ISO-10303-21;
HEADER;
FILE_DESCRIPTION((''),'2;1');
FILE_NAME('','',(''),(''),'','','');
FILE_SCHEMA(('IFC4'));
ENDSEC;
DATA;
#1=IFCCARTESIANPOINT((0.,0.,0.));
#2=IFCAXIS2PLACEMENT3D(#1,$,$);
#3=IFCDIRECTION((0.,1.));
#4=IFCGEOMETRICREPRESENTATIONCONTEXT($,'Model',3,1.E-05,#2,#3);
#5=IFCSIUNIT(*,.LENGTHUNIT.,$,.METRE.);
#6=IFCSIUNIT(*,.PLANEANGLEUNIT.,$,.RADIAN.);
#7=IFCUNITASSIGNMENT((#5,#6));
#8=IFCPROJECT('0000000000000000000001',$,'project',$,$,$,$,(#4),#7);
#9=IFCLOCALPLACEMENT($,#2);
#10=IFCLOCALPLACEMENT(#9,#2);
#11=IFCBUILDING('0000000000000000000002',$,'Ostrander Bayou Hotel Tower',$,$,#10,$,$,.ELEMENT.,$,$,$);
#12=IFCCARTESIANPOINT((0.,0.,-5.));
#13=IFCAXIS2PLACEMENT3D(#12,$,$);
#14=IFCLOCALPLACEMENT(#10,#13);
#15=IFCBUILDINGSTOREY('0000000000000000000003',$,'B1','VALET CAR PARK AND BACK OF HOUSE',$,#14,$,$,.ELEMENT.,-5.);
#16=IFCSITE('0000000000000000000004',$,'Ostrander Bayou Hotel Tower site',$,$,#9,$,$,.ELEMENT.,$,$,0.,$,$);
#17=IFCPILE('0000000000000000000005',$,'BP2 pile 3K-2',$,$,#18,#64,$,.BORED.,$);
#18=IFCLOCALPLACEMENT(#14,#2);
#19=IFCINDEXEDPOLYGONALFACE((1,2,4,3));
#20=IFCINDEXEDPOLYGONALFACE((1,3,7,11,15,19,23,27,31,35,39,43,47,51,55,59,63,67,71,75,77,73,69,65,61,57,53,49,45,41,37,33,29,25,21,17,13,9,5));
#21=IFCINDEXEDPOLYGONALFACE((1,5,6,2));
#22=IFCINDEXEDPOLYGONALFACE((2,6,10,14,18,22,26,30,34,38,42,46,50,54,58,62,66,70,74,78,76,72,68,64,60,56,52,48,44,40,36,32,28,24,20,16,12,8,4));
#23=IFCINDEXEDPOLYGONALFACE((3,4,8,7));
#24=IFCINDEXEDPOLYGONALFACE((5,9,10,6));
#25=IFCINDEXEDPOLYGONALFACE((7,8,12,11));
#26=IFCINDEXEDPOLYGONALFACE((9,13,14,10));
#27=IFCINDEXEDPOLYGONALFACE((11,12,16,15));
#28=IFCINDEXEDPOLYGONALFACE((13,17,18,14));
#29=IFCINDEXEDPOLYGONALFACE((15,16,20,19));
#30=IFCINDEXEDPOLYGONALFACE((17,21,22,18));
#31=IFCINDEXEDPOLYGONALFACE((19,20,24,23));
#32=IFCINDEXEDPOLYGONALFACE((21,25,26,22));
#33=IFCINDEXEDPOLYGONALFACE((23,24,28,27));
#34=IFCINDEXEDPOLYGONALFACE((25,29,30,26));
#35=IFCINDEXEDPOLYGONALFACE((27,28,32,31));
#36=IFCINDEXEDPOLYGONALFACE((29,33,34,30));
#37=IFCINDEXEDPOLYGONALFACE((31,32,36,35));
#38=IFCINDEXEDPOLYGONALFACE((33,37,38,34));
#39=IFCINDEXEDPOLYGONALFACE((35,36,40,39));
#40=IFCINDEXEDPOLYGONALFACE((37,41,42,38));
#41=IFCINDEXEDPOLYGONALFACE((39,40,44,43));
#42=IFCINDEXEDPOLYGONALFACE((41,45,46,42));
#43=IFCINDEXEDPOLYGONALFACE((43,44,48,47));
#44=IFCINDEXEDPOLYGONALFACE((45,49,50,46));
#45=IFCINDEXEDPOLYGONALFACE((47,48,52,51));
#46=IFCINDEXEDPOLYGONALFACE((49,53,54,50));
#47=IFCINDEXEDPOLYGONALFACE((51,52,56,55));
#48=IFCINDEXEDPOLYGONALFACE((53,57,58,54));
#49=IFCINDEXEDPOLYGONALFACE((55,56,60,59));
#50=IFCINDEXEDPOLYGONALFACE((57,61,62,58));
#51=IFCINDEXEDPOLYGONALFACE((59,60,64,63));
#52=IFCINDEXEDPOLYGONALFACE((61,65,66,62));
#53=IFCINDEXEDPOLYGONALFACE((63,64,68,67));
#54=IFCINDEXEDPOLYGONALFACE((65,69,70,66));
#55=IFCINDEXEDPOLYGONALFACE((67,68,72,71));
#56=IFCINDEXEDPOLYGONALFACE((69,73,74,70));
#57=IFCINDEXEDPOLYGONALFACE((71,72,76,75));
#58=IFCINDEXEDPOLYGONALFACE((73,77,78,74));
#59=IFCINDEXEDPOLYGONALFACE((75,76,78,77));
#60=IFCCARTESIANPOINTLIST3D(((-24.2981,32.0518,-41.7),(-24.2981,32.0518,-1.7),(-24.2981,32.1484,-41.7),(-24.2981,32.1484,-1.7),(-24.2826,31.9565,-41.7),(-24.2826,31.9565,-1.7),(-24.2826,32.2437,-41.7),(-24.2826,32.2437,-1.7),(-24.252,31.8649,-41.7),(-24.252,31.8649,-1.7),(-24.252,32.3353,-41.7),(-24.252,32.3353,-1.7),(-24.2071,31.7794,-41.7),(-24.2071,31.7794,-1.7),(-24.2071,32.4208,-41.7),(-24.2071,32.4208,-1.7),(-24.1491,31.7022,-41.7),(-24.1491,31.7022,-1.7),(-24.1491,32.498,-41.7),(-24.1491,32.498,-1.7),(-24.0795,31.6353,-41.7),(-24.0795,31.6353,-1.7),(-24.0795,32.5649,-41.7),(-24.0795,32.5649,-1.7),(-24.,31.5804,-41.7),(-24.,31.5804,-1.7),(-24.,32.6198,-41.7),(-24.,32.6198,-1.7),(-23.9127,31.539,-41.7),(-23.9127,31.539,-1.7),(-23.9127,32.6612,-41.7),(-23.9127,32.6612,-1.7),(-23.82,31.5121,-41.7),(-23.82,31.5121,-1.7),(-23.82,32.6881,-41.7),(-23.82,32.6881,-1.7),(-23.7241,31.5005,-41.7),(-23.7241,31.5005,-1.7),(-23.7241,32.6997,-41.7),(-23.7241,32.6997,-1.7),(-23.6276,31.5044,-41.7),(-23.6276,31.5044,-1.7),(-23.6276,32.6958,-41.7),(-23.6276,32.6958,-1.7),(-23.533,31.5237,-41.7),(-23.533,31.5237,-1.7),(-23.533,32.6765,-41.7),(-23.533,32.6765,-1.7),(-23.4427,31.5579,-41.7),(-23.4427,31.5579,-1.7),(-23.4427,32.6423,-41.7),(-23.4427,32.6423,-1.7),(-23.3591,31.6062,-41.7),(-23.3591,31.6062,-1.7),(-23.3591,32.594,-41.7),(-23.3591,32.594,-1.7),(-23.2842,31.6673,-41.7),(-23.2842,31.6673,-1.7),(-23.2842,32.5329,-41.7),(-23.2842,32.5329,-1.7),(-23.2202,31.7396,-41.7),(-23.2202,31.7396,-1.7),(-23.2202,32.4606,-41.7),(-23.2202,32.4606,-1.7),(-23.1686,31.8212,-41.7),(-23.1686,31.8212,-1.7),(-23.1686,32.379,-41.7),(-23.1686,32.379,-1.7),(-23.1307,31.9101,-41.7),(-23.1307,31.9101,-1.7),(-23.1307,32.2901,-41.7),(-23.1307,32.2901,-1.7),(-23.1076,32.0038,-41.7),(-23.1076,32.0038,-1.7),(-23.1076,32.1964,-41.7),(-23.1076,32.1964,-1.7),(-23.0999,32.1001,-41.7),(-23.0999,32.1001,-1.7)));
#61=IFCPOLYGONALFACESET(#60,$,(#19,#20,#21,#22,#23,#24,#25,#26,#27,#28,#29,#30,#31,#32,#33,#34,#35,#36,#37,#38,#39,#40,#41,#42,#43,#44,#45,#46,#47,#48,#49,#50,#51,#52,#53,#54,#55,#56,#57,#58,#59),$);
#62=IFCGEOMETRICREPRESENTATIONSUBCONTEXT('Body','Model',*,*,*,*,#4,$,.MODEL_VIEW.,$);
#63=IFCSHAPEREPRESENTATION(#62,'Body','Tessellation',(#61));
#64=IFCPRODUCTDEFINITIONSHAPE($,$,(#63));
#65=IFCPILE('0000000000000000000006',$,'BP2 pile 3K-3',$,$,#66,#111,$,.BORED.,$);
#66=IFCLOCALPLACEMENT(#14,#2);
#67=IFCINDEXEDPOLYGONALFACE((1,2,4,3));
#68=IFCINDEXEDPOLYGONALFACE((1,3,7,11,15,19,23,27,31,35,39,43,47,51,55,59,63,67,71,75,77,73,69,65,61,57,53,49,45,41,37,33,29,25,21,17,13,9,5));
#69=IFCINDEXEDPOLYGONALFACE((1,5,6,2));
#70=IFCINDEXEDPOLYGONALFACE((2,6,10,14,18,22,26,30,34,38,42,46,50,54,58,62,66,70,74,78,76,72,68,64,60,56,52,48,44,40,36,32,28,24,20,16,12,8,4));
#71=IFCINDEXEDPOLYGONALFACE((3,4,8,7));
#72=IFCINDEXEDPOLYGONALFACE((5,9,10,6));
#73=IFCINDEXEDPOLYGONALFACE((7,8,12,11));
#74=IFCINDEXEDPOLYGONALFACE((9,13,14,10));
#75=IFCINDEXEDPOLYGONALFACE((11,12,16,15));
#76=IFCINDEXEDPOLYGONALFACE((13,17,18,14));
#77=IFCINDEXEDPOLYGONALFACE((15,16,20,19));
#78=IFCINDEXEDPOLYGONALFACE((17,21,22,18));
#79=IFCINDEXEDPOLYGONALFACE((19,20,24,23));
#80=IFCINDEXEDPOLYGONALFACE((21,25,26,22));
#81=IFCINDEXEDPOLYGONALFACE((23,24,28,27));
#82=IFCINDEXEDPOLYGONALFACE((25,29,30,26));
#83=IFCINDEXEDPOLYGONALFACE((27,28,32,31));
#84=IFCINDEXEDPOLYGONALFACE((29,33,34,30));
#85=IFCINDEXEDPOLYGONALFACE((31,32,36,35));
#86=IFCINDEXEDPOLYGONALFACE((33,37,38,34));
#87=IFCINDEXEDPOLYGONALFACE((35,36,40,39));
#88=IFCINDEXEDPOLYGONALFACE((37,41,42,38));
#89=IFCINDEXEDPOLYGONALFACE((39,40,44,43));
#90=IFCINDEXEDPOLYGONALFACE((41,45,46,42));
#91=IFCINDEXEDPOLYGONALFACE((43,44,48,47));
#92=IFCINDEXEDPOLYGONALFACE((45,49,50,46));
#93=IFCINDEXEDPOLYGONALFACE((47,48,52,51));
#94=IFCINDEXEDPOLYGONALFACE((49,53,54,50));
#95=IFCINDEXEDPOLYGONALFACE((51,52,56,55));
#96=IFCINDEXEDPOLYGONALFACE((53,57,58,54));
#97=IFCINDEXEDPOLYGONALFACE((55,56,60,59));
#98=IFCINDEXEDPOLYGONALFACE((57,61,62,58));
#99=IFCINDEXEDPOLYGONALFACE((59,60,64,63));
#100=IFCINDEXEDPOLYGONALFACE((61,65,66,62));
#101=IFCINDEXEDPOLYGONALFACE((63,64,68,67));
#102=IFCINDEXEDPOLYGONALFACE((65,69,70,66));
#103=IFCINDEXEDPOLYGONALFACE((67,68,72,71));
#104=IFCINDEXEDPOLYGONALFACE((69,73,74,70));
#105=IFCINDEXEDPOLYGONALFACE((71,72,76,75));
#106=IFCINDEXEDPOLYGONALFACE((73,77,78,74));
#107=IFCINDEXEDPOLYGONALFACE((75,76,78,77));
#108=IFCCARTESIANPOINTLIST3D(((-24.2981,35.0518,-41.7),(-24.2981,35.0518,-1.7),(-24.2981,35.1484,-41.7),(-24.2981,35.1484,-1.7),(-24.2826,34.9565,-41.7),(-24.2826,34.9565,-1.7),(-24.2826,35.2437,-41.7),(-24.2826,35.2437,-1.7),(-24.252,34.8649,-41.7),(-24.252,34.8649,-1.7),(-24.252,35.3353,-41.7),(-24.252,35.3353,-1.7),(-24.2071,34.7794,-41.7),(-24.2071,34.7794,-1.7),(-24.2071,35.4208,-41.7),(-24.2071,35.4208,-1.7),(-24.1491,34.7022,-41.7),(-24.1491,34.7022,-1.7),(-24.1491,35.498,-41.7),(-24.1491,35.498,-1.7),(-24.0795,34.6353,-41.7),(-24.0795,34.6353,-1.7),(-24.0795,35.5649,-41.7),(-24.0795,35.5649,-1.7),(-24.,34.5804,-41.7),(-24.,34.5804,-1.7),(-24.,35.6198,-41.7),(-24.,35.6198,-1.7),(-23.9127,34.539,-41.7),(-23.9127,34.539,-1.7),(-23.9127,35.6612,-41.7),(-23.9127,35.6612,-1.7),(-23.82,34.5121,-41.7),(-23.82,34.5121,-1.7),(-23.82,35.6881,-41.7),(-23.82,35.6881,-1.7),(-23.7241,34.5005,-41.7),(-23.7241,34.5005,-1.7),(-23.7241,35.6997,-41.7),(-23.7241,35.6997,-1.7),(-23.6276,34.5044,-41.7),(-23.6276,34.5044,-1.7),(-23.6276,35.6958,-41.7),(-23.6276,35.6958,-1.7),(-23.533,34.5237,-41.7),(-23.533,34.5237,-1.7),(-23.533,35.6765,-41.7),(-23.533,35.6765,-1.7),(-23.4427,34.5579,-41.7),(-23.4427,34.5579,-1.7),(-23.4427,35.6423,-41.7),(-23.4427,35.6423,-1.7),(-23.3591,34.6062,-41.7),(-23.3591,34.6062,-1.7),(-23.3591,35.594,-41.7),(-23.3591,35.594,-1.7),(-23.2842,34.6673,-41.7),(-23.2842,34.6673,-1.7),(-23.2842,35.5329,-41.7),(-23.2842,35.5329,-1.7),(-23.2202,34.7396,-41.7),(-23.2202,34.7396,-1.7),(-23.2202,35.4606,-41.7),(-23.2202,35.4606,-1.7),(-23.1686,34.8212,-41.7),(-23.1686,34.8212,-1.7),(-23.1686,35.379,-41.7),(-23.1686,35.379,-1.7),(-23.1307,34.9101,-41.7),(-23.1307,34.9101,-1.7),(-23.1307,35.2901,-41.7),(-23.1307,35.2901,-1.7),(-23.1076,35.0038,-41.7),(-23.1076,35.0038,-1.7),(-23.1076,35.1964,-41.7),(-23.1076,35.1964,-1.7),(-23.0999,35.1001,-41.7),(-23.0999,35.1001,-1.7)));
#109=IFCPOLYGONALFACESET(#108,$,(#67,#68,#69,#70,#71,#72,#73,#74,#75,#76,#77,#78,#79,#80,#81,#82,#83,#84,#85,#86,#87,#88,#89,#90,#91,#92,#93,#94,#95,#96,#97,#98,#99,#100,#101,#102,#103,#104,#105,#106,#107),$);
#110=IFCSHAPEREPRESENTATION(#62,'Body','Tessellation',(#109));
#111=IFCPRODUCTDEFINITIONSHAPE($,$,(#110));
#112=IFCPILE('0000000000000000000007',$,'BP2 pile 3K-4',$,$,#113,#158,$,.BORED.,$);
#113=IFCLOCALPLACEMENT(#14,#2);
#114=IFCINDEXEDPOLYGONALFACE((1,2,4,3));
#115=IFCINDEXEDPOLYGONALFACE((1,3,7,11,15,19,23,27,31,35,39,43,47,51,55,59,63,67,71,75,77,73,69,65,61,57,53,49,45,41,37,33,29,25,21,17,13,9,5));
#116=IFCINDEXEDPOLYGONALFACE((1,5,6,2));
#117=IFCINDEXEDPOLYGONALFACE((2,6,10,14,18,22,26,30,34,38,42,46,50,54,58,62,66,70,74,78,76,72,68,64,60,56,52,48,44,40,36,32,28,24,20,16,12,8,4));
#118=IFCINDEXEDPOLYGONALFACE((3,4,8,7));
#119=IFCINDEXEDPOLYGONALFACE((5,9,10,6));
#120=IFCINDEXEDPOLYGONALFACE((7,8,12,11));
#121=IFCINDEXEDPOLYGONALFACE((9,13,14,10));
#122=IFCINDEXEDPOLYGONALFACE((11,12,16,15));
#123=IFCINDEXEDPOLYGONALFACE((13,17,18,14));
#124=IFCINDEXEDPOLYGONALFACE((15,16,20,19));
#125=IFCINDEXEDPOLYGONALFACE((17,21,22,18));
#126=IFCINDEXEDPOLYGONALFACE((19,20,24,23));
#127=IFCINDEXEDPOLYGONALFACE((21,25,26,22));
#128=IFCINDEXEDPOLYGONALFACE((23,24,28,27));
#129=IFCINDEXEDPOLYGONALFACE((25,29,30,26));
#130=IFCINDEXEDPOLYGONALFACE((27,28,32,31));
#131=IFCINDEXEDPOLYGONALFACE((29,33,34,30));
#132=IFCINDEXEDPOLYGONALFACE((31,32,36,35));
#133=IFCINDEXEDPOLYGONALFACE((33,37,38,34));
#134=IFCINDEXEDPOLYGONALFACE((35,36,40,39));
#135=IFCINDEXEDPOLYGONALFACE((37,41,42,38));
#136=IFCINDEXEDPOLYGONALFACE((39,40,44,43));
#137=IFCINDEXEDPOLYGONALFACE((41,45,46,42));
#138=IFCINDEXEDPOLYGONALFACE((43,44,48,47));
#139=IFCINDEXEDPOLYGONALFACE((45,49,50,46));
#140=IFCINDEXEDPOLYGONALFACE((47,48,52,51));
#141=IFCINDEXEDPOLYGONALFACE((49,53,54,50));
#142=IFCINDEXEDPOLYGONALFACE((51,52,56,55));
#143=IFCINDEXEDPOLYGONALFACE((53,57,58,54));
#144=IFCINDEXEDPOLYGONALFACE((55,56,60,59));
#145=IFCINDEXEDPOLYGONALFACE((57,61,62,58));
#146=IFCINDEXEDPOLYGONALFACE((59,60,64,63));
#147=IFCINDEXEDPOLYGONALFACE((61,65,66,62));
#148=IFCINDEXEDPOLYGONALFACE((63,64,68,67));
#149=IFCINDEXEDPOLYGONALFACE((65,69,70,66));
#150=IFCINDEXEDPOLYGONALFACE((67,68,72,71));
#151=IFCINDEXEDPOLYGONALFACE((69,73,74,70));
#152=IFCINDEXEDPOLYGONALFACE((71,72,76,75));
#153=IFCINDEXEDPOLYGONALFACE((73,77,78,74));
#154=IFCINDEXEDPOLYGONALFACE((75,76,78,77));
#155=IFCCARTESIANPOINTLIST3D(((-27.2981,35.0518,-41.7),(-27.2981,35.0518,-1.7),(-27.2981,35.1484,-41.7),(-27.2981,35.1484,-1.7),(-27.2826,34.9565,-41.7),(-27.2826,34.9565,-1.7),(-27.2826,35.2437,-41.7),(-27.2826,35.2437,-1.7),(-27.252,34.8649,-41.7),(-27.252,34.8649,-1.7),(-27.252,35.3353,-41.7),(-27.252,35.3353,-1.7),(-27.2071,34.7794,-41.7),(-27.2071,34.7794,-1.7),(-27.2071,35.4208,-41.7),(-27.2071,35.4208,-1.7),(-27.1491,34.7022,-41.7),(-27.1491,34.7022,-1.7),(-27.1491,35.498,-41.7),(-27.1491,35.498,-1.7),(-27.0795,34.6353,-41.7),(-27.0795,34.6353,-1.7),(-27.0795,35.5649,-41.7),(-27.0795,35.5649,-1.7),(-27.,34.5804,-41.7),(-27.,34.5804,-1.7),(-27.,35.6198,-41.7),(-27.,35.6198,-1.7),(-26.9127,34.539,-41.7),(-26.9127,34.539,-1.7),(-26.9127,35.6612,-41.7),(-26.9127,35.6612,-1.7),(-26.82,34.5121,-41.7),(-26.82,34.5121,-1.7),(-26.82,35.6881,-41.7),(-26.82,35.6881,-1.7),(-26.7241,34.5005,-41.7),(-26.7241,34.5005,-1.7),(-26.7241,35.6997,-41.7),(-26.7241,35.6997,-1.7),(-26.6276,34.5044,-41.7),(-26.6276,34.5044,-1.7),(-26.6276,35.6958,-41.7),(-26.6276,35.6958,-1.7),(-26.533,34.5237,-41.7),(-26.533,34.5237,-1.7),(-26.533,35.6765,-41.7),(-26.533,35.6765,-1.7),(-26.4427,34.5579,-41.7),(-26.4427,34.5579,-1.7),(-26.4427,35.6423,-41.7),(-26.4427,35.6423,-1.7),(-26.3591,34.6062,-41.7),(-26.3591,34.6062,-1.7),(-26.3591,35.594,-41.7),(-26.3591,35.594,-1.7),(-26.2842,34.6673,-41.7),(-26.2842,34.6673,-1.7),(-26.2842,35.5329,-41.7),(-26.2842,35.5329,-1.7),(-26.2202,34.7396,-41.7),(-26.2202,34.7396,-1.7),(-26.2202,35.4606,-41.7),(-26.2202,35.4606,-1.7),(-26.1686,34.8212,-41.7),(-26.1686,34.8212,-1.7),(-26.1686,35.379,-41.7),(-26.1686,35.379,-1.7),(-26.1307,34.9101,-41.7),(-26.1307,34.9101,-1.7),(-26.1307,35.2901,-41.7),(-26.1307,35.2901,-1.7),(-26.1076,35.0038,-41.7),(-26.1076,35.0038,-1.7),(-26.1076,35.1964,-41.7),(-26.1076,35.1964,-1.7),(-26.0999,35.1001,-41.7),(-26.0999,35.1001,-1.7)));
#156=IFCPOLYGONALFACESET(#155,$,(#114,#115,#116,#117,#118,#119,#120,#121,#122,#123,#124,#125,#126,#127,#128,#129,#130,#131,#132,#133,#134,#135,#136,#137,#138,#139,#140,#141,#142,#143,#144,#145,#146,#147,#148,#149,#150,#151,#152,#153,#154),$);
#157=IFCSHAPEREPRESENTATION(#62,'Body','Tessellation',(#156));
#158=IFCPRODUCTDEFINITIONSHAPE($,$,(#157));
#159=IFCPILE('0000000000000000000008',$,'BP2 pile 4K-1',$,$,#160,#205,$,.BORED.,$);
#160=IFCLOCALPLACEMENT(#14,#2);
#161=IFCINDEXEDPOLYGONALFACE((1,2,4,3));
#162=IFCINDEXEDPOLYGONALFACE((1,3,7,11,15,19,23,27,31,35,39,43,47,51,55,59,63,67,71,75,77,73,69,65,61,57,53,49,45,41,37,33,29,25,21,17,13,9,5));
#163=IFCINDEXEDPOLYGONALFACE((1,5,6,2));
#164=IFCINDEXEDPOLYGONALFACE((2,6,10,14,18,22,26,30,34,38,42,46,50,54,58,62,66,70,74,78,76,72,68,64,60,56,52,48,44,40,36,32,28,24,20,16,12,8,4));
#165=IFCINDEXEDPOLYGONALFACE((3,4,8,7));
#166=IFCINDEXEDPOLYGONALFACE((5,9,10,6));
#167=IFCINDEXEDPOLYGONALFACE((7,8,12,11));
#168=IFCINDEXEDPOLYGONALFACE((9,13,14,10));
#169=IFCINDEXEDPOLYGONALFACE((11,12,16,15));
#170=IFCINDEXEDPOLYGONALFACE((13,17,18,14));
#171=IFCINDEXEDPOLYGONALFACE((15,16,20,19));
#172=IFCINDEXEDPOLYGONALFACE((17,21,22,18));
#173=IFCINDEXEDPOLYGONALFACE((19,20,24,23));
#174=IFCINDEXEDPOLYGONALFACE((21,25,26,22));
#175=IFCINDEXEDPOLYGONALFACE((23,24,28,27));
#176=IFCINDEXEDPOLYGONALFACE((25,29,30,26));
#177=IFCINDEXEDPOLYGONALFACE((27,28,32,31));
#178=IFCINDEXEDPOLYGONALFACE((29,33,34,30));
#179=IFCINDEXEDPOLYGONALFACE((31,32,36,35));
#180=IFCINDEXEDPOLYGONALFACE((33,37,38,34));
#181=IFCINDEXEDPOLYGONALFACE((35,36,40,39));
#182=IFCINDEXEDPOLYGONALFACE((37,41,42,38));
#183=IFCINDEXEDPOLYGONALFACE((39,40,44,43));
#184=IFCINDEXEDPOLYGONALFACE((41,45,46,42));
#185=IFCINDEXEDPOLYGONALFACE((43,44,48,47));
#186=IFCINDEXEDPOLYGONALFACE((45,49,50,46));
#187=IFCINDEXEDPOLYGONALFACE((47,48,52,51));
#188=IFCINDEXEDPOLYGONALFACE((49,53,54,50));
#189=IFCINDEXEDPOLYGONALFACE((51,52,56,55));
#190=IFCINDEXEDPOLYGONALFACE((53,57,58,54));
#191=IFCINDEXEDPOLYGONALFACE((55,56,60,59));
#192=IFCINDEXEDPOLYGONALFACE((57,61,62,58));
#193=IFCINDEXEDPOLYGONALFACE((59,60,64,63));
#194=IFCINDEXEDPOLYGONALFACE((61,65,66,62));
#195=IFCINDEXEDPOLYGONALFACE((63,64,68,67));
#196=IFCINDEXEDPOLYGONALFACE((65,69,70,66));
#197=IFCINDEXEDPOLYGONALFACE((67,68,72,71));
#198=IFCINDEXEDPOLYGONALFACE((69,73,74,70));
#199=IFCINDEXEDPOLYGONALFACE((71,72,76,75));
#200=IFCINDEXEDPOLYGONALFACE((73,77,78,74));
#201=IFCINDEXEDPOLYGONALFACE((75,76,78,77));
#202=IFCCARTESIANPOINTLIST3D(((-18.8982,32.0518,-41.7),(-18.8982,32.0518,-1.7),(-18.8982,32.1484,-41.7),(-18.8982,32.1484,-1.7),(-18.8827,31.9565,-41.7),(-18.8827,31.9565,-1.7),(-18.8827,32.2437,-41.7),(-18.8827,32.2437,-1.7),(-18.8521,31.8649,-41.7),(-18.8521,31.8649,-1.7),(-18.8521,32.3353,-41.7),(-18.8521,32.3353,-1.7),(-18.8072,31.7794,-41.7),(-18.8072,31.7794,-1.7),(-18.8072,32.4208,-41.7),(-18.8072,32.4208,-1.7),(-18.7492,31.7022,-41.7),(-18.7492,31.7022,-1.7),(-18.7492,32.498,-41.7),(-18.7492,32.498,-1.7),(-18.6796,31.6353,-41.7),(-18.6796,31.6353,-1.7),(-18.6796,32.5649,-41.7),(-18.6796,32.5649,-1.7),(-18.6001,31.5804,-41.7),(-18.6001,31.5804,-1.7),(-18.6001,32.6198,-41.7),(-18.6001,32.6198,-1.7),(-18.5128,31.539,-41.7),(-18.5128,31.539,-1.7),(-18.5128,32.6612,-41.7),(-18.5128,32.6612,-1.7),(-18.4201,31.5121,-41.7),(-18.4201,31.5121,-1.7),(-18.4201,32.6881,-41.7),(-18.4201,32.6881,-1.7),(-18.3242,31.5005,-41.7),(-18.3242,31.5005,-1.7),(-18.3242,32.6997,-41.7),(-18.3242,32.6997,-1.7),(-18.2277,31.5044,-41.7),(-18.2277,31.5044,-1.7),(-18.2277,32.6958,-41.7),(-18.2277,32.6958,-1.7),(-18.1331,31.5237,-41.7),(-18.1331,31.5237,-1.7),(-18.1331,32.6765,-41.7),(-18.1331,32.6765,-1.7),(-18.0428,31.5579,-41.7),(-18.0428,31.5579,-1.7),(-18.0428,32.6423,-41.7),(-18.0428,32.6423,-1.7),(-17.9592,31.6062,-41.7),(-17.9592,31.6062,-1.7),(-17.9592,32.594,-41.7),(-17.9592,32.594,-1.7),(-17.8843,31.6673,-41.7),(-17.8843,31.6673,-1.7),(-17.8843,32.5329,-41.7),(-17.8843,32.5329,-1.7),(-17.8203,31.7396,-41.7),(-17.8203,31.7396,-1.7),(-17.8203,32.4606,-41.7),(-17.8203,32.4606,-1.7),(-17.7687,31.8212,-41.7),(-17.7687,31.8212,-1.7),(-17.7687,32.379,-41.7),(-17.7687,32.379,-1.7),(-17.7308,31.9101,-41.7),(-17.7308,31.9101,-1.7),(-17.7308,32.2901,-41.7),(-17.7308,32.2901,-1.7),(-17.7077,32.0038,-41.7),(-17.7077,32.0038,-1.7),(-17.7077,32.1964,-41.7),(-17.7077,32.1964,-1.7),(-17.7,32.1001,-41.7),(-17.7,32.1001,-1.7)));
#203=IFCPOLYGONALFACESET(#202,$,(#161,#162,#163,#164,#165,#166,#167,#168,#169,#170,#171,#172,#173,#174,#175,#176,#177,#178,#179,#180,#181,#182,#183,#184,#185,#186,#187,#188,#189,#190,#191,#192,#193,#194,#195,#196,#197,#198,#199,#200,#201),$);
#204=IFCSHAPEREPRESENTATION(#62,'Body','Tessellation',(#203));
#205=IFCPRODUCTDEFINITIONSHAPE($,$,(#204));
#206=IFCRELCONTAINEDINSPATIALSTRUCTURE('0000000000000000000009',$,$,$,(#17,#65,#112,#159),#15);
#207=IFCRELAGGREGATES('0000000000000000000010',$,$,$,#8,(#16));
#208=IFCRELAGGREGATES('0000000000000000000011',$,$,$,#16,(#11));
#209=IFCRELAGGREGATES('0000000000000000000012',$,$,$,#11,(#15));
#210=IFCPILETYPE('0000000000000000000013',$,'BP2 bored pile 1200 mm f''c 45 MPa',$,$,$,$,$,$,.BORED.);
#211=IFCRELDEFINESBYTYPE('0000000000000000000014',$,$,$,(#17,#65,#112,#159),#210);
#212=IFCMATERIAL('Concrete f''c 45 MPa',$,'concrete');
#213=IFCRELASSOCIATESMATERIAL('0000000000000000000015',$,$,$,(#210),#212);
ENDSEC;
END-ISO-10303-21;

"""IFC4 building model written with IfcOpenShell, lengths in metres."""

from ifc_helpers import new_model, si_unit, direction, frame, origin, origin_2d, place, context, subcontext, project, spatial, circle, extrude, material, material_profile, profile_set, type_object, element, save


model = new_model("IFC4")

# Units and contexts
model_context = context("Model", 3, precision=1e-05, world=origin(), true_north=direction((0.0, 1.0)))
body_context = subcontext(model_context, "Body", "Model", "MODEL_VIEW")
ifc_project = project(units=[si_unit("LENGTHUNIT", "METRE"), si_unit("PLANEANGLEUNIT", "RADIAN")], contexts=[model_context])

# Site, building, storey
site_placement = place(None, origin())
site = spatial("IfcSite", under=ifc_project, at=site_placement, Name="Ostrander Bayou Hotel Tower site", CompositionType="ELEMENT", RefElevation=0.0)
building_placement = place(site_placement, origin())
building = spatial("IfcBuilding", under=site, at=building_placement, Name="Ostrander Bayou Hotel Tower", CompositionType="ELEMENT")
storey_placement = place(building_placement, frame((0.0, 0.0, -5.0)))
storey = spatial("IfcBuildingStorey", under=building, at=storey_placement, Name="B1", Description="VALET CAR PARK AND BACK OF HOUSE", CompositionType="ELEMENT", Elevation=-5.0)

# Piles
ifc_material_1 = material(Name="Concrete f'c 45 MPa", Category="concrete")
ifc_material_profile_1 = material_profile(ifc_material_1, circle(Radius=0.6001, at=origin_2d()))
ifc_profile_set_1 = profile_set([ifc_material_profile_1], Name="Concrete f'c 45 MPa")
pile_type = type_object("IfcPileType", Name="BP2 bored pile 1200 mm f'c 45 MPa", PredefinedType="BORED", material=ifc_profile_set_1)
for number, where, z_axis, x_axis, name in (
    (1, (-23.7, 32.1001, -1.7), (0.0, 0.0, -1.0), (1.0, 0.0, 0.0), "BP2 pile 3K-2"),
    (2, (-23.7, 35.1001, -1.7), (0.0, 0.0, -1.0), (1.0, 0.0, 0.0), "BP2 pile 3K-3"),
    (3, (-26.7, 35.1001, -1.7), (0.0, 0.0, -1.0), (1.0, 0.0, 0.0), "BP2 pile 3K-4"),
    (4, (-18.3, 32.1001, -1.7), (0.0, 0.0, -1.0), (1.0, 0.0, 0.0), "BP2 pile 4K-1"),
):
    element("IfcPile", number, at=place(storey_placement, frame(where, z_axis=z_axis, x_axis=x_axis)), inside=storey, type_object=pile_type, Name=name, PredefinedType="BORED", context=body_context, shape_type="SweptSolid", body=[
        extrude(circle(Radius=0.6001, at=origin_2d()), origin(), (0.0, 0.0, 1.0), 40.0),
    ])

save(model, "model.ifc")
